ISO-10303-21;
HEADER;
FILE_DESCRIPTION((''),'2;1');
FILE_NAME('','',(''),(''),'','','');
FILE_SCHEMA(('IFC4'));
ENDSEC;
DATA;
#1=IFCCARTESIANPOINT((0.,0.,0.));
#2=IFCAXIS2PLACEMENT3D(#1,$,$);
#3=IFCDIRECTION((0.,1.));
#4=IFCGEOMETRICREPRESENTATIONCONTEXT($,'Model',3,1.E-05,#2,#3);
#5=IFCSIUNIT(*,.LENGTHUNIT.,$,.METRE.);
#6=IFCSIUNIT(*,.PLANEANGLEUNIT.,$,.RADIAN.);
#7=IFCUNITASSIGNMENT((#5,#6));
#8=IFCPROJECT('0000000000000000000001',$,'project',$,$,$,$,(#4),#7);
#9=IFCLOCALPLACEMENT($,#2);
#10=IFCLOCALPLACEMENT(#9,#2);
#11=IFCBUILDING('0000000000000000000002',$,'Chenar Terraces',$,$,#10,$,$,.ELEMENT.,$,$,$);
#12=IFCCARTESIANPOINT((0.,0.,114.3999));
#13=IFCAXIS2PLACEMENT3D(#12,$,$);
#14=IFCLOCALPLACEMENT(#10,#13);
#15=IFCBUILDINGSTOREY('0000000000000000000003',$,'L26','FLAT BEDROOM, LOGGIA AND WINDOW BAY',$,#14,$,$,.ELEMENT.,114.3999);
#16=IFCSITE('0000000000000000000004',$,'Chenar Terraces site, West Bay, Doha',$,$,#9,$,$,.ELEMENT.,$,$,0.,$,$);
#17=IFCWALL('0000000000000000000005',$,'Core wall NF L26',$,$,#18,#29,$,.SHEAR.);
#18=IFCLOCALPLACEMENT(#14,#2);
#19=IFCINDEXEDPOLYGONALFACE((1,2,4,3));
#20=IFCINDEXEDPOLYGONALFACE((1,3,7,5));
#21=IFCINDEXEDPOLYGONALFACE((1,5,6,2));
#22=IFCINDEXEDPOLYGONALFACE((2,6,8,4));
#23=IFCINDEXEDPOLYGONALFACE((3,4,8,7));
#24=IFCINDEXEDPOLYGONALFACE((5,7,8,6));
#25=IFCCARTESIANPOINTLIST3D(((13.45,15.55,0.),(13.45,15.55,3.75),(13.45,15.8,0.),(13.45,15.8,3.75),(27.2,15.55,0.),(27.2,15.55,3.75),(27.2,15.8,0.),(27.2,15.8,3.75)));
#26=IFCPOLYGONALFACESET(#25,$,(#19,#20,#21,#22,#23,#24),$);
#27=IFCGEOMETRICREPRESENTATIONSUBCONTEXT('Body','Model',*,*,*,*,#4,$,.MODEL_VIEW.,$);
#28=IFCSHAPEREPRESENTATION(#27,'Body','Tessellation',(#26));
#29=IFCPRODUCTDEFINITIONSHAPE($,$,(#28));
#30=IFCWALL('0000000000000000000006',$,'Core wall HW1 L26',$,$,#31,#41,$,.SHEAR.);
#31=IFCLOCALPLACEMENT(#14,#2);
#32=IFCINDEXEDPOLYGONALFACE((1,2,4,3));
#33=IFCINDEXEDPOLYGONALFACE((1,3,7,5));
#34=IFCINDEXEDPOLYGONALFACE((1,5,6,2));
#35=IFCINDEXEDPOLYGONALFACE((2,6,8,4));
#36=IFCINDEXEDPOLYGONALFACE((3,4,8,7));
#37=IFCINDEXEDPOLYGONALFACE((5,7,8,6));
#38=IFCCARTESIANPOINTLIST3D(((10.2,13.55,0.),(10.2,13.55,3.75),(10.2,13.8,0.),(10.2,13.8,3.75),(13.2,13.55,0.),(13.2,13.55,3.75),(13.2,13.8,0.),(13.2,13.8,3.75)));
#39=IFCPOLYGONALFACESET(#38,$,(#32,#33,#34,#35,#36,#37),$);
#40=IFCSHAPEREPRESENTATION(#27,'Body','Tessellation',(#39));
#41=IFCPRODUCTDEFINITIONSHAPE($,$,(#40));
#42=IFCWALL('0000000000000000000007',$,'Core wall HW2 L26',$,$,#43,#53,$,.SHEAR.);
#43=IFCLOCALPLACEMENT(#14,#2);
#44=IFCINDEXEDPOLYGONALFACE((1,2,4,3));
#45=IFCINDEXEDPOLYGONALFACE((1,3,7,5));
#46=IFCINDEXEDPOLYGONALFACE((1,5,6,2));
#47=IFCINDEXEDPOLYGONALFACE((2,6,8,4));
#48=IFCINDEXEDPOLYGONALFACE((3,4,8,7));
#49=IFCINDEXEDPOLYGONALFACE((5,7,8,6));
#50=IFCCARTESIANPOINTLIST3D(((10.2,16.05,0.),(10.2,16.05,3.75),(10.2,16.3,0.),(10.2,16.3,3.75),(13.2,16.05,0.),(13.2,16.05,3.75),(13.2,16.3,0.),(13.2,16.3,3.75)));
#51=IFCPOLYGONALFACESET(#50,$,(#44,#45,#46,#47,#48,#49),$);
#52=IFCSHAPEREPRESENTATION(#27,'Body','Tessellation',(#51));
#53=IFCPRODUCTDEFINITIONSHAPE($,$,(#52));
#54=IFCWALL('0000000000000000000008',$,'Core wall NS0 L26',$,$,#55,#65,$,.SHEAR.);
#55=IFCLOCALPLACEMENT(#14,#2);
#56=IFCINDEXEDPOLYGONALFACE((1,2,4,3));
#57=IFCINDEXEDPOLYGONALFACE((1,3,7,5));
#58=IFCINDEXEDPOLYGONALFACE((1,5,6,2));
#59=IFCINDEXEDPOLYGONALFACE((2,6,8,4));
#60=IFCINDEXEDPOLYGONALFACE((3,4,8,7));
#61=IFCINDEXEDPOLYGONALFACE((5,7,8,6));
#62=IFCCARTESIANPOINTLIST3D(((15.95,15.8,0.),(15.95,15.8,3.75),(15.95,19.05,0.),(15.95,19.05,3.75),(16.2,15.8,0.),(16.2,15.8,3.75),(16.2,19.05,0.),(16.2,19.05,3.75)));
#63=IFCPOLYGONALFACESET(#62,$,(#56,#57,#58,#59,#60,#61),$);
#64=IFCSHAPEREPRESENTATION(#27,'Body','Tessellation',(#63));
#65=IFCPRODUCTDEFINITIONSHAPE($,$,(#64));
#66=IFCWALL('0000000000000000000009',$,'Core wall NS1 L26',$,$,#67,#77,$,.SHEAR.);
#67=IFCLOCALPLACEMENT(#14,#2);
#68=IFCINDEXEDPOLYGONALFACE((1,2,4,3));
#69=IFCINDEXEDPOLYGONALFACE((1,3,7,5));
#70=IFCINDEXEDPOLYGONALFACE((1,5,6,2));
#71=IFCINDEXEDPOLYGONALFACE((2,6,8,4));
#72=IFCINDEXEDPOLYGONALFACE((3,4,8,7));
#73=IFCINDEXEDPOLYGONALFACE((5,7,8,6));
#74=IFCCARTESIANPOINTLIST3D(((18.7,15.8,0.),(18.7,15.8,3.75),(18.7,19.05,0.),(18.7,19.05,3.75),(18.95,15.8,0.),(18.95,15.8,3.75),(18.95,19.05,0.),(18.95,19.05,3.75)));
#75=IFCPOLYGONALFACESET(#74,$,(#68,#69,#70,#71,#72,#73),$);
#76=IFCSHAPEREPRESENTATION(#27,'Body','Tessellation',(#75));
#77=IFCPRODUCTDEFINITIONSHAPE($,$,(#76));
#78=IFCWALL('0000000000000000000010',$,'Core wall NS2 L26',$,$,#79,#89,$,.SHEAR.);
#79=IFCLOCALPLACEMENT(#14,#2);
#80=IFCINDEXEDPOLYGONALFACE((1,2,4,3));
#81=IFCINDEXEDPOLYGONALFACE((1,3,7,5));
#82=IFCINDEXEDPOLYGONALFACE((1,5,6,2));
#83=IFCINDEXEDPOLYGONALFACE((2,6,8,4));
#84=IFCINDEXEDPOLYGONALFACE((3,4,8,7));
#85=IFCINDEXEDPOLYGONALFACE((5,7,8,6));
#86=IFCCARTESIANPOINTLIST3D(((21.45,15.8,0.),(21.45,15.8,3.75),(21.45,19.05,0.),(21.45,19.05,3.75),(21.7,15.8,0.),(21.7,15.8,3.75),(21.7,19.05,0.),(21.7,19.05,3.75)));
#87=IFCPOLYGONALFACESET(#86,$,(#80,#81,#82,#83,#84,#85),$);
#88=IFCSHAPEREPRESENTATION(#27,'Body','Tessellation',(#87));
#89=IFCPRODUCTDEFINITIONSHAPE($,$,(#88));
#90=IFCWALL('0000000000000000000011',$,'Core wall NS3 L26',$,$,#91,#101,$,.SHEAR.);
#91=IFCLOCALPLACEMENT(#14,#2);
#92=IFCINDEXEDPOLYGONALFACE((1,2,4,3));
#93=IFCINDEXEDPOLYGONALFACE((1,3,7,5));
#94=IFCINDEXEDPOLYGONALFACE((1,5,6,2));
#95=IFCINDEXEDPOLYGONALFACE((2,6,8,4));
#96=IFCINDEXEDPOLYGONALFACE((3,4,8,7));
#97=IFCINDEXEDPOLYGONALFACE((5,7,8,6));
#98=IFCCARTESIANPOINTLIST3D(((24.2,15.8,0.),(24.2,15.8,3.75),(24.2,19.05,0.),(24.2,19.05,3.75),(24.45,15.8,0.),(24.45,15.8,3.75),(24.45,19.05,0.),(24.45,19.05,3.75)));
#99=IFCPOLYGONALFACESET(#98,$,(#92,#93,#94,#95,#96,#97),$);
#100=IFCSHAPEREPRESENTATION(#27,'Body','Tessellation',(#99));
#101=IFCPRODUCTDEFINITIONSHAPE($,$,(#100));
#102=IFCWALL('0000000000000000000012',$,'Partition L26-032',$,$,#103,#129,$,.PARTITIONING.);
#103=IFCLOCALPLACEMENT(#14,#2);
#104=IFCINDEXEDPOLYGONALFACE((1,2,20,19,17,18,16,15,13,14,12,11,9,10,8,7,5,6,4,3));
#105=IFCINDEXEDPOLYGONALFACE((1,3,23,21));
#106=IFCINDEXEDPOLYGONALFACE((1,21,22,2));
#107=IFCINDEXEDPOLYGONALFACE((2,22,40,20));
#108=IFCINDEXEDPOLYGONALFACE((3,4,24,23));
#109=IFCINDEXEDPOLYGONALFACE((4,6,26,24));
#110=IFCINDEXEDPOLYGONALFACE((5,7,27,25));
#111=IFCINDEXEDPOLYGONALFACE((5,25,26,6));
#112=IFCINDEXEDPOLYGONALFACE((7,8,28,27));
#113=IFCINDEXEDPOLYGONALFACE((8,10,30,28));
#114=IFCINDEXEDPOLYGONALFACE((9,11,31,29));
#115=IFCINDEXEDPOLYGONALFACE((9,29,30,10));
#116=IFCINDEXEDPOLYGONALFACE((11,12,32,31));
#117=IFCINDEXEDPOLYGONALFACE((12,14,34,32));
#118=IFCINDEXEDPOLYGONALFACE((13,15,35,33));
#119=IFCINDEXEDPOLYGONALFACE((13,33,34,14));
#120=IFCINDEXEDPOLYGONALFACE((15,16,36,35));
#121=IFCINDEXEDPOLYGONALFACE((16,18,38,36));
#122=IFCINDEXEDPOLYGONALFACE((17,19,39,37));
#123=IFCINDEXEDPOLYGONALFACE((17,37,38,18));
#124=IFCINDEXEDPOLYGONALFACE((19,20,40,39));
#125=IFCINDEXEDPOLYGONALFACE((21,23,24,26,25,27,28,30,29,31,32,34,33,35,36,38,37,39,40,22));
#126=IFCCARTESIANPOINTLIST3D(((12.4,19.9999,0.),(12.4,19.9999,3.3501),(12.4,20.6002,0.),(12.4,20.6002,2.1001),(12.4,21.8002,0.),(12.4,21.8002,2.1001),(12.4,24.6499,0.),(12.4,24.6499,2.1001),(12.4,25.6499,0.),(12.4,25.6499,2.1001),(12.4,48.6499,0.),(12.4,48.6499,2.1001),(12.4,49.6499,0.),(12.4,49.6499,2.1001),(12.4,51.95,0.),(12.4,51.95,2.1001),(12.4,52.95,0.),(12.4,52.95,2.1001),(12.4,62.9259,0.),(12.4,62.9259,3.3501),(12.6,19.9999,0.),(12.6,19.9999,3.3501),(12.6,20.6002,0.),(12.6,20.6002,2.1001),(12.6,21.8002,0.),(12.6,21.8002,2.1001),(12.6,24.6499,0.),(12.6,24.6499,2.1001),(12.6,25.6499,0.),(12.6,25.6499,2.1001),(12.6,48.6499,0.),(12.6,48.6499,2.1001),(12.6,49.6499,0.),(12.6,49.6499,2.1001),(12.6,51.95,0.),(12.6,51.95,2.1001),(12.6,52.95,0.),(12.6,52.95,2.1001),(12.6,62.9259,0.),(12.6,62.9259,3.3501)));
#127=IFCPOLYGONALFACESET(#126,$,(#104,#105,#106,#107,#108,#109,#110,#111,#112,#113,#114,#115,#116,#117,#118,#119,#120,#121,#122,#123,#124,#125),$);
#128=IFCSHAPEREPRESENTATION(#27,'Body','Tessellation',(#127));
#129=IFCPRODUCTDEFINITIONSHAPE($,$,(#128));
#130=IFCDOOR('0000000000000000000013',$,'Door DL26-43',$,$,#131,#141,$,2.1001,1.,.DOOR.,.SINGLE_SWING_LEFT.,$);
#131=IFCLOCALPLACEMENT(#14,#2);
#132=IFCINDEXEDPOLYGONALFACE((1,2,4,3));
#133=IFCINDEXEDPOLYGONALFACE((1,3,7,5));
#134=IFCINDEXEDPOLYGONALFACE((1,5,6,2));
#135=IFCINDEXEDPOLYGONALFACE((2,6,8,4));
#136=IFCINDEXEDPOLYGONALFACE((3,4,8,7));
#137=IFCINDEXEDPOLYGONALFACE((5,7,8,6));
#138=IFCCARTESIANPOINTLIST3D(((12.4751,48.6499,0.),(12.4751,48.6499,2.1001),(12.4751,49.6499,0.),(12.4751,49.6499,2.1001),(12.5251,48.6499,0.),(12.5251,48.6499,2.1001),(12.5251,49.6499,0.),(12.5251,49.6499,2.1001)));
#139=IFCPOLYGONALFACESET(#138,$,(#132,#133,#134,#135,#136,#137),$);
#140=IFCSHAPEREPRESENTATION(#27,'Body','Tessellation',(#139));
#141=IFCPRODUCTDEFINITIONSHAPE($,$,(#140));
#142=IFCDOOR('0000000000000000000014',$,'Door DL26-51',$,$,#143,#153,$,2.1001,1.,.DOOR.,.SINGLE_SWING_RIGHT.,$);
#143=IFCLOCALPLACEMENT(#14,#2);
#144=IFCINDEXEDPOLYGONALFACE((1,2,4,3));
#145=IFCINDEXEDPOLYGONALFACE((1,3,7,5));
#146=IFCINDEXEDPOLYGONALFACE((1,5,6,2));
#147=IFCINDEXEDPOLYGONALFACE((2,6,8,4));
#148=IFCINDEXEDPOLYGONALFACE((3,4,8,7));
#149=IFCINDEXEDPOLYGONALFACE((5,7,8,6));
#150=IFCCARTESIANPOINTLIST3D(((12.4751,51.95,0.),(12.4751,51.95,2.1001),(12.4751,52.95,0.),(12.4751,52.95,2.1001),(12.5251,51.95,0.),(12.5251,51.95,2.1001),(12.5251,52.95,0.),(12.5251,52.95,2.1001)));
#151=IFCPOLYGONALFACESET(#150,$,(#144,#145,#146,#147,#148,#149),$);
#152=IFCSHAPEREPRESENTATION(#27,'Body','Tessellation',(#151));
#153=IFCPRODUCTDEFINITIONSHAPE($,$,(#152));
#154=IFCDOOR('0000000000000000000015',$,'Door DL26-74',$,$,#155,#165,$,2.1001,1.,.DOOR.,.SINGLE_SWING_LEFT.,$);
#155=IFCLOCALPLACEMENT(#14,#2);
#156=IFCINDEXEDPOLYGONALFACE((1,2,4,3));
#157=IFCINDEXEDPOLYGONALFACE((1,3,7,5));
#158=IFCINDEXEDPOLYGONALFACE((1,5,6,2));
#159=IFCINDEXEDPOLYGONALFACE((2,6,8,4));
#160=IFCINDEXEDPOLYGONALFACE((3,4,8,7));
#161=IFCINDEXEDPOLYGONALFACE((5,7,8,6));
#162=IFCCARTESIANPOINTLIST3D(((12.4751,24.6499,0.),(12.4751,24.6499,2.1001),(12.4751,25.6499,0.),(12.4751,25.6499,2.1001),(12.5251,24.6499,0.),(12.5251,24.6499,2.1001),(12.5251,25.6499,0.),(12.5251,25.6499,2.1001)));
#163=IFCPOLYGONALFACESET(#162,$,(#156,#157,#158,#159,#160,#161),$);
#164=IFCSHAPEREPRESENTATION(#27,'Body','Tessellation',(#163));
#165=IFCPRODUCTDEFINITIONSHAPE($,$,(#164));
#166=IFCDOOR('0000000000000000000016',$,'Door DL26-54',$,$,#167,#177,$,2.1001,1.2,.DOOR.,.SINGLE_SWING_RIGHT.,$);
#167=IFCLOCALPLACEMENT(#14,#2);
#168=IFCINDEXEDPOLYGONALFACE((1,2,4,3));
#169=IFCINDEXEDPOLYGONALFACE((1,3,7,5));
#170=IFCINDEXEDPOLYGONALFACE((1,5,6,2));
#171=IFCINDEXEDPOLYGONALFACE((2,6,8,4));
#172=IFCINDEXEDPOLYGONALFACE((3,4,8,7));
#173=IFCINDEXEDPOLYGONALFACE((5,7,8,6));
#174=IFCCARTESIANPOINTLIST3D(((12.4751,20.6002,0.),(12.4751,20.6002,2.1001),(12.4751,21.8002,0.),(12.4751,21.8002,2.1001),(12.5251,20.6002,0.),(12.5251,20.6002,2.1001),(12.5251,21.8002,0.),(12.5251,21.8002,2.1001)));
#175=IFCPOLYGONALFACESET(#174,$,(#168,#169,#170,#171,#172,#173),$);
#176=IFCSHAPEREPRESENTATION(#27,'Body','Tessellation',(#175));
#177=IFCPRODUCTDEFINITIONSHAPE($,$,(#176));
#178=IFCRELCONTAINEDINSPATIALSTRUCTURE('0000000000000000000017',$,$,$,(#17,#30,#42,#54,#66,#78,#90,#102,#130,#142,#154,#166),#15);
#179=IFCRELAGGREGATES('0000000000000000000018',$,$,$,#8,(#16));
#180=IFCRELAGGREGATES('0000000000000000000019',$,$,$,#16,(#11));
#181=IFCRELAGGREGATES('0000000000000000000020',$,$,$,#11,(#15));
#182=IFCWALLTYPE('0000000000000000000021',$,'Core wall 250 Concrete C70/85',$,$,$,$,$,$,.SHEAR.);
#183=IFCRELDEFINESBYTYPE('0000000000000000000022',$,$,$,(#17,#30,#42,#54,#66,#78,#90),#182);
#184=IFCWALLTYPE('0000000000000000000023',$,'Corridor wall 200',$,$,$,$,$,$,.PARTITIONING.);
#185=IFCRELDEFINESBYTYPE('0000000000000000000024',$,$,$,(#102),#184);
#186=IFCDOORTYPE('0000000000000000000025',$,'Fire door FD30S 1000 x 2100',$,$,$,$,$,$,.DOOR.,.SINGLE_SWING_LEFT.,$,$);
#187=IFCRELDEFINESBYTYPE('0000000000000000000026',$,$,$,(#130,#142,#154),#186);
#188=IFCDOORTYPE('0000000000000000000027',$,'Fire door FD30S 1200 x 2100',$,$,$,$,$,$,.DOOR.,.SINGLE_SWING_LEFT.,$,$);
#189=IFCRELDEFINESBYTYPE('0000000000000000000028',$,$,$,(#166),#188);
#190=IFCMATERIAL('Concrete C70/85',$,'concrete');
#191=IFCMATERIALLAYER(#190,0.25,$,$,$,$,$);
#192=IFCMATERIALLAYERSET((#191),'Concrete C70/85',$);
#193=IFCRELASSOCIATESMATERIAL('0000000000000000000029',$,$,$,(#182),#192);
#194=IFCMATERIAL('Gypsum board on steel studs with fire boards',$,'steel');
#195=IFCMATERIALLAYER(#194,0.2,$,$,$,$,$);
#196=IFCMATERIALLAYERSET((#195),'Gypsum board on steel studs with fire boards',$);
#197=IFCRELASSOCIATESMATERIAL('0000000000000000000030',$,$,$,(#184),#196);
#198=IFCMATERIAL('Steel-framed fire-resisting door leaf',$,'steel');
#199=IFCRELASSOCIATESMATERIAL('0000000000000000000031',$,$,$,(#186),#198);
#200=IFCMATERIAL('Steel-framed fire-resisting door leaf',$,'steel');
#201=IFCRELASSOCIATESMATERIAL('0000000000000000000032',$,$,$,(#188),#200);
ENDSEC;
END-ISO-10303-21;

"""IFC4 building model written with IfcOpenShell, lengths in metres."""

from ifc_helpers import new_model, si_unit, direction, frame, frame_2d, origin, place, context, subcontext, project, spatial, rectangle, extrude, material, layer, layer_set, type_object, element, fill, save


model = new_model("IFC4")

# Units and contexts
model_context = context("Model", 3, precision=1e-05, world=origin(), true_north=direction((0.0, 1.0)))
body_context = subcontext(model_context, "Body", "Model", "MODEL_VIEW")
ifc_project = project(units=[si_unit("LENGTHUNIT", "METRE"), si_unit("PLANEANGLEUNIT", "RADIAN")], contexts=[model_context])

# Site, building, storey
site_placement = place(None, origin())
site = spatial("IfcSite", under=ifc_project, at=site_placement, Name="Chenar Terraces site, West Bay, Doha", CompositionType="ELEMENT", RefElevation=0.0)
building_placement = place(site_placement, origin())
building = spatial("IfcBuilding", under=site, at=building_placement, Name="Chenar Terraces", CompositionType="ELEMENT")
storey_placement = place(building_placement, frame((0.0, 0.0, 114.3999)))
storey = spatial("IfcBuildingStorey", under=building, at=storey_placement, Name="L26", Description="FLAT BEDROOM, LOGGIA AND WINDOW BAY", CompositionType="ELEMENT", Elevation=114.3999)

# Walls
ifc_material_1 = material(Name="Concrete C70/85", Category="concrete")
ifc_layer_1 = layer(ifc_material_1, 0.25)
ifc_layer_set_1 = layer_set([ifc_layer_1], Name="Concrete C70/85")
wall_type_1 = type_object("IfcWallType", Name="Core wall 250 Concrete C70/85", PredefinedType="SHEAR", material=ifc_layer_set_1)
wall_1_placement = place(storey_placement, frame((13.45, 15.675, 0.0), z_axis=(0.0, 0.0, 1.0), x_axis=(1.0, 0.0, 0.0)))
element("IfcWall", 1, at=wall_1_placement, inside=storey, type_object=wall_type_1, Name="Core wall NF L26", PredefinedType="SHEAR", context=body_context, shape_type="SweptSolid", body=[
    extrude(rectangle(XDim=13.75, YDim=0.25, at=frame_2d((6.875, 0.0))), origin(), (0.0, 0.0, 1.0), 3.75),
])
for number, where, z_axis, x_axis, name in (
    (2, (10.2, 13.675, 0.0), (0.0, 0.0, 1.0), (1.0, 0.0, 0.0), "Core wall HW1 L26"),
    (3, (10.2, 16.175, 0.0), (0.0, 0.0, 1.0), (1.0, 0.0, 0.0), "Core wall HW2 L26"),
):
    element("IfcWall", number, at=place(storey_placement, frame(where, z_axis=z_axis, x_axis=x_axis)), inside=storey, type_object=wall_type_1, Name=name, PredefinedType="SHEAR", context=body_context, shape_type="SweptSolid", body=[
        extrude(rectangle(XDim=3.0, YDim=0.25, at=frame_2d((1.5, 0.0))), origin(), (0.0, 0.0, 1.0), 3.75),
    ])
for number, where, z_axis, x_axis, name in (
    (4, (16.075, 15.8, 0.0), (0.0, 0.0, 1.0), (0.0, 1.0, 0.0), "Core wall NS0 L26"),
    (5, (18.825, 15.8, 0.0), (0.0, 0.0, 1.0), (0.0, 1.0, 0.0), "Core wall NS1 L26"),
    (6, (21.575, 15.8, 0.0), (0.0, 0.0, 1.0), (0.0, 1.0, 0.0), "Core wall NS2 L26"),
    (7, (24.325, 15.8, 0.0), (0.0, 0.0, 1.0), (0.0, 1.0, 0.0), "Core wall NS3 L26"),
):
    element("IfcWall", number, at=place(storey_placement, frame(where, z_axis=z_axis, x_axis=x_axis)), inside=storey, type_object=wall_type_1, Name=name, PredefinedType="SHEAR", context=body_context, shape_type="SweptSolid", body=[
        extrude(rectangle(XDim=3.25, YDim=0.25, at=frame_2d((1.625, 0.0))), origin(), (0.0, 0.0, 1.0), 3.75),
    ])

# Wall, openings, doors
ifc_material_2 = material(Name="Gypsum board on steel studs with fire boards", Category="steel")
ifc_layer_2 = layer(ifc_material_2, 0.2)
ifc_layer_set_2 = layer_set([ifc_layer_2], Name="Gypsum board on steel studs with fire boards")
wall_type_2 = type_object("IfcWallType", Name="Corridor wall 200", PredefinedType="PARTITIONING", material=ifc_layer_set_2)
wall_2_placement = place(storey_placement, frame((12.5, 20.0, 0.0), z_axis=(0.0, 0.0, 1.0), x_axis=(0.0, 1.0, 0.0)))
wall_2 = element("IfcWall", 8, at=wall_2_placement, inside=storey, type_object=wall_type_2, Name="Partition L26-032", PredefinedType="PARTITIONING", context=body_context, shape_type="SweptSolid", body=[
    extrude(rectangle(XDim=42.926, YDim=0.2, at=frame_2d((21.4629, 0.0))), origin(), (0.0, 0.0, 1.0), 3.3501),
])
opening_1_placement = place(wall_2_placement, frame((28.6499, 0.0, 0.0)))
opening_1 = element("IfcOpeningElement", 9, at=opening_1_placement, cuts=wall_2, PredefinedType="OPENING", context=body_context, shape_type="SweptSolid", body=[
    extrude(rectangle(XDim=1.0, YDim=2.1001, at=frame_2d((0.5, 1.05))), frame((0.0, 0.1099, 0.0), z_axis=(0.0, -1.0, 0.0), x_axis=(1.0, 0.0, 0.0)), (0.0, 0.0, 1.0), 0.22),
])
opening_2_placement = place(wall_2_placement, frame((31.95, 0.0, 0.0)))
opening_2 = element("IfcOpeningElement", 10, at=opening_2_placement, cuts=wall_2, PredefinedType="OPENING", context=body_context, shape_type="SweptSolid", body=[
    extrude(rectangle(XDim=1.0, YDim=2.1001, at=frame_2d((0.5, 1.05))), frame((0.0, 0.1099, 0.0), z_axis=(0.0, -1.0, 0.0), x_axis=(1.0, 0.0, 0.0)), (0.0, 0.0, 1.0), 0.22),
])
opening_3_placement = place(wall_2_placement, frame((0.6001, 0.0, 0.0)))
opening_3 = element("IfcOpeningElement", 11, at=opening_3_placement, cuts=wall_2, PredefinedType="OPENING", context=body_context, shape_type="SweptSolid", body=[
    extrude(rectangle(XDim=1.2, YDim=2.1001, at=frame_2d((0.6001, 1.05))), frame((0.0, 0.1099, 0.0), z_axis=(0.0, -1.0, 0.0), x_axis=(1.0, 0.0, 0.0)), (0.0, 0.0, 1.0), 0.22),
])
opening_4_placement = place(wall_2_placement, frame((4.6499, 0.0, 0.0)))
opening_4 = element("IfcOpeningElement", 12, at=opening_4_placement, cuts=wall_2, PredefinedType="OPENING", context=body_context, shape_type="SweptSolid", body=[
    extrude(rectangle(XDim=1.0, YDim=2.1001, at=frame_2d((0.5, 1.05))), frame((0.0, 0.1099, 0.0), z_axis=(0.0, -1.0, 0.0), x_axis=(1.0, 0.0, 0.0)), (0.0, 0.0, 1.0), 0.22),
])
ifc_material_3 = material(Name="Steel-framed fire-resisting door leaf", Category="steel")
door_type_1 = type_object("IfcDoorType", Name="Fire door FD30S 1000 x 2100", OperationType="SINGLE_SWING_LEFT", PredefinedType="DOOR", material=ifc_material_3)
door_1_placement = place(opening_1_placement, origin())
door_1 = element("IfcDoor", 13, at=door_1_placement, inside=storey, type_object=door_type_1, Name="Door DL26-43", OperationType="SINGLE_SWING_LEFT", OverallHeight=2.1001, OverallWidth=1.0, PredefinedType="DOOR", context=body_context, shape_type="SweptSolid", body=[
    extrude(rectangle(XDim=1.0, YDim=2.1001, at=frame_2d((0.5, 1.05))), frame((0.0, 0.0249, 0.0), z_axis=(0.0, -1.0, 0.0), x_axis=(1.0, 0.0, 0.0)), (0.0, 0.0, 1.0), 0.05),
])
fill(opening_1, door_1)
door_2_placement = place(opening_2_placement, origin())
door_2 = element("IfcDoor", 14, at=door_2_placement, inside=storey, type_object=door_type_1, Name="Door DL26-51", OperationType="SINGLE_SWING_RIGHT", OverallHeight=2.1001, OverallWidth=1.0, PredefinedType="DOOR", context=body_context, shape_type="SweptSolid", body=[
    extrude(rectangle(XDim=1.0, YDim=2.1001, at=frame_2d((0.5, 1.05))), frame((0.0, 0.0249, 0.0), z_axis=(0.0, -1.0, 0.0), x_axis=(1.0, 0.0, 0.0)), (0.0, 0.0, 1.0), 0.05),
])
fill(opening_2, door_2)
door_3_placement = place(opening_4_placement, origin())
door_3 = element("IfcDoor", 15, at=door_3_placement, inside=storey, type_object=door_type_1, Name="Door DL26-74", OperationType="SINGLE_SWING_LEFT", OverallHeight=2.1001, OverallWidth=1.0, PredefinedType="DOOR", context=body_context, shape_type="SweptSolid", body=[
    extrude(rectangle(XDim=1.0, YDim=2.1001, at=frame_2d((0.5, 1.05))), frame((0.0, 0.0249, 0.0), z_axis=(0.0, -1.0, 0.0), x_axis=(1.0, 0.0, 0.0)), (0.0, 0.0, 1.0), 0.05),
])
fill(opening_4, door_3)
ifc_material_4 = material(Name="Steel-framed fire-resisting door leaf", Category="steel")
door_type_2 = type_object("IfcDoorType", Name="Fire door FD30S 1200 x 2100", OperationType="SINGLE_SWING_LEFT", PredefinedType="DOOR", material=ifc_material_4)
door_4_placement = place(opening_3_placement, origin())
door_4 = element("IfcDoor", 16, at=door_4_placement, inside=storey, type_object=door_type_2, Name="Door DL26-54", OperationType="SINGLE_SWING_RIGHT", OverallHeight=2.1001, OverallWidth=1.2, PredefinedType="DOOR", context=body_context, shape_type="SweptSolid", body=[
    extrude(rectangle(XDim=1.2, YDim=2.1001, at=frame_2d((0.6001, 1.05))), frame((0.0, 0.0249, 0.0), z_axis=(0.0, -1.0, 0.0), x_axis=(1.0, 0.0, 0.0)), (0.0, 0.0, 1.0), 0.05),
])
fill(opening_3, door_4)

save(model, "model.ifc")
